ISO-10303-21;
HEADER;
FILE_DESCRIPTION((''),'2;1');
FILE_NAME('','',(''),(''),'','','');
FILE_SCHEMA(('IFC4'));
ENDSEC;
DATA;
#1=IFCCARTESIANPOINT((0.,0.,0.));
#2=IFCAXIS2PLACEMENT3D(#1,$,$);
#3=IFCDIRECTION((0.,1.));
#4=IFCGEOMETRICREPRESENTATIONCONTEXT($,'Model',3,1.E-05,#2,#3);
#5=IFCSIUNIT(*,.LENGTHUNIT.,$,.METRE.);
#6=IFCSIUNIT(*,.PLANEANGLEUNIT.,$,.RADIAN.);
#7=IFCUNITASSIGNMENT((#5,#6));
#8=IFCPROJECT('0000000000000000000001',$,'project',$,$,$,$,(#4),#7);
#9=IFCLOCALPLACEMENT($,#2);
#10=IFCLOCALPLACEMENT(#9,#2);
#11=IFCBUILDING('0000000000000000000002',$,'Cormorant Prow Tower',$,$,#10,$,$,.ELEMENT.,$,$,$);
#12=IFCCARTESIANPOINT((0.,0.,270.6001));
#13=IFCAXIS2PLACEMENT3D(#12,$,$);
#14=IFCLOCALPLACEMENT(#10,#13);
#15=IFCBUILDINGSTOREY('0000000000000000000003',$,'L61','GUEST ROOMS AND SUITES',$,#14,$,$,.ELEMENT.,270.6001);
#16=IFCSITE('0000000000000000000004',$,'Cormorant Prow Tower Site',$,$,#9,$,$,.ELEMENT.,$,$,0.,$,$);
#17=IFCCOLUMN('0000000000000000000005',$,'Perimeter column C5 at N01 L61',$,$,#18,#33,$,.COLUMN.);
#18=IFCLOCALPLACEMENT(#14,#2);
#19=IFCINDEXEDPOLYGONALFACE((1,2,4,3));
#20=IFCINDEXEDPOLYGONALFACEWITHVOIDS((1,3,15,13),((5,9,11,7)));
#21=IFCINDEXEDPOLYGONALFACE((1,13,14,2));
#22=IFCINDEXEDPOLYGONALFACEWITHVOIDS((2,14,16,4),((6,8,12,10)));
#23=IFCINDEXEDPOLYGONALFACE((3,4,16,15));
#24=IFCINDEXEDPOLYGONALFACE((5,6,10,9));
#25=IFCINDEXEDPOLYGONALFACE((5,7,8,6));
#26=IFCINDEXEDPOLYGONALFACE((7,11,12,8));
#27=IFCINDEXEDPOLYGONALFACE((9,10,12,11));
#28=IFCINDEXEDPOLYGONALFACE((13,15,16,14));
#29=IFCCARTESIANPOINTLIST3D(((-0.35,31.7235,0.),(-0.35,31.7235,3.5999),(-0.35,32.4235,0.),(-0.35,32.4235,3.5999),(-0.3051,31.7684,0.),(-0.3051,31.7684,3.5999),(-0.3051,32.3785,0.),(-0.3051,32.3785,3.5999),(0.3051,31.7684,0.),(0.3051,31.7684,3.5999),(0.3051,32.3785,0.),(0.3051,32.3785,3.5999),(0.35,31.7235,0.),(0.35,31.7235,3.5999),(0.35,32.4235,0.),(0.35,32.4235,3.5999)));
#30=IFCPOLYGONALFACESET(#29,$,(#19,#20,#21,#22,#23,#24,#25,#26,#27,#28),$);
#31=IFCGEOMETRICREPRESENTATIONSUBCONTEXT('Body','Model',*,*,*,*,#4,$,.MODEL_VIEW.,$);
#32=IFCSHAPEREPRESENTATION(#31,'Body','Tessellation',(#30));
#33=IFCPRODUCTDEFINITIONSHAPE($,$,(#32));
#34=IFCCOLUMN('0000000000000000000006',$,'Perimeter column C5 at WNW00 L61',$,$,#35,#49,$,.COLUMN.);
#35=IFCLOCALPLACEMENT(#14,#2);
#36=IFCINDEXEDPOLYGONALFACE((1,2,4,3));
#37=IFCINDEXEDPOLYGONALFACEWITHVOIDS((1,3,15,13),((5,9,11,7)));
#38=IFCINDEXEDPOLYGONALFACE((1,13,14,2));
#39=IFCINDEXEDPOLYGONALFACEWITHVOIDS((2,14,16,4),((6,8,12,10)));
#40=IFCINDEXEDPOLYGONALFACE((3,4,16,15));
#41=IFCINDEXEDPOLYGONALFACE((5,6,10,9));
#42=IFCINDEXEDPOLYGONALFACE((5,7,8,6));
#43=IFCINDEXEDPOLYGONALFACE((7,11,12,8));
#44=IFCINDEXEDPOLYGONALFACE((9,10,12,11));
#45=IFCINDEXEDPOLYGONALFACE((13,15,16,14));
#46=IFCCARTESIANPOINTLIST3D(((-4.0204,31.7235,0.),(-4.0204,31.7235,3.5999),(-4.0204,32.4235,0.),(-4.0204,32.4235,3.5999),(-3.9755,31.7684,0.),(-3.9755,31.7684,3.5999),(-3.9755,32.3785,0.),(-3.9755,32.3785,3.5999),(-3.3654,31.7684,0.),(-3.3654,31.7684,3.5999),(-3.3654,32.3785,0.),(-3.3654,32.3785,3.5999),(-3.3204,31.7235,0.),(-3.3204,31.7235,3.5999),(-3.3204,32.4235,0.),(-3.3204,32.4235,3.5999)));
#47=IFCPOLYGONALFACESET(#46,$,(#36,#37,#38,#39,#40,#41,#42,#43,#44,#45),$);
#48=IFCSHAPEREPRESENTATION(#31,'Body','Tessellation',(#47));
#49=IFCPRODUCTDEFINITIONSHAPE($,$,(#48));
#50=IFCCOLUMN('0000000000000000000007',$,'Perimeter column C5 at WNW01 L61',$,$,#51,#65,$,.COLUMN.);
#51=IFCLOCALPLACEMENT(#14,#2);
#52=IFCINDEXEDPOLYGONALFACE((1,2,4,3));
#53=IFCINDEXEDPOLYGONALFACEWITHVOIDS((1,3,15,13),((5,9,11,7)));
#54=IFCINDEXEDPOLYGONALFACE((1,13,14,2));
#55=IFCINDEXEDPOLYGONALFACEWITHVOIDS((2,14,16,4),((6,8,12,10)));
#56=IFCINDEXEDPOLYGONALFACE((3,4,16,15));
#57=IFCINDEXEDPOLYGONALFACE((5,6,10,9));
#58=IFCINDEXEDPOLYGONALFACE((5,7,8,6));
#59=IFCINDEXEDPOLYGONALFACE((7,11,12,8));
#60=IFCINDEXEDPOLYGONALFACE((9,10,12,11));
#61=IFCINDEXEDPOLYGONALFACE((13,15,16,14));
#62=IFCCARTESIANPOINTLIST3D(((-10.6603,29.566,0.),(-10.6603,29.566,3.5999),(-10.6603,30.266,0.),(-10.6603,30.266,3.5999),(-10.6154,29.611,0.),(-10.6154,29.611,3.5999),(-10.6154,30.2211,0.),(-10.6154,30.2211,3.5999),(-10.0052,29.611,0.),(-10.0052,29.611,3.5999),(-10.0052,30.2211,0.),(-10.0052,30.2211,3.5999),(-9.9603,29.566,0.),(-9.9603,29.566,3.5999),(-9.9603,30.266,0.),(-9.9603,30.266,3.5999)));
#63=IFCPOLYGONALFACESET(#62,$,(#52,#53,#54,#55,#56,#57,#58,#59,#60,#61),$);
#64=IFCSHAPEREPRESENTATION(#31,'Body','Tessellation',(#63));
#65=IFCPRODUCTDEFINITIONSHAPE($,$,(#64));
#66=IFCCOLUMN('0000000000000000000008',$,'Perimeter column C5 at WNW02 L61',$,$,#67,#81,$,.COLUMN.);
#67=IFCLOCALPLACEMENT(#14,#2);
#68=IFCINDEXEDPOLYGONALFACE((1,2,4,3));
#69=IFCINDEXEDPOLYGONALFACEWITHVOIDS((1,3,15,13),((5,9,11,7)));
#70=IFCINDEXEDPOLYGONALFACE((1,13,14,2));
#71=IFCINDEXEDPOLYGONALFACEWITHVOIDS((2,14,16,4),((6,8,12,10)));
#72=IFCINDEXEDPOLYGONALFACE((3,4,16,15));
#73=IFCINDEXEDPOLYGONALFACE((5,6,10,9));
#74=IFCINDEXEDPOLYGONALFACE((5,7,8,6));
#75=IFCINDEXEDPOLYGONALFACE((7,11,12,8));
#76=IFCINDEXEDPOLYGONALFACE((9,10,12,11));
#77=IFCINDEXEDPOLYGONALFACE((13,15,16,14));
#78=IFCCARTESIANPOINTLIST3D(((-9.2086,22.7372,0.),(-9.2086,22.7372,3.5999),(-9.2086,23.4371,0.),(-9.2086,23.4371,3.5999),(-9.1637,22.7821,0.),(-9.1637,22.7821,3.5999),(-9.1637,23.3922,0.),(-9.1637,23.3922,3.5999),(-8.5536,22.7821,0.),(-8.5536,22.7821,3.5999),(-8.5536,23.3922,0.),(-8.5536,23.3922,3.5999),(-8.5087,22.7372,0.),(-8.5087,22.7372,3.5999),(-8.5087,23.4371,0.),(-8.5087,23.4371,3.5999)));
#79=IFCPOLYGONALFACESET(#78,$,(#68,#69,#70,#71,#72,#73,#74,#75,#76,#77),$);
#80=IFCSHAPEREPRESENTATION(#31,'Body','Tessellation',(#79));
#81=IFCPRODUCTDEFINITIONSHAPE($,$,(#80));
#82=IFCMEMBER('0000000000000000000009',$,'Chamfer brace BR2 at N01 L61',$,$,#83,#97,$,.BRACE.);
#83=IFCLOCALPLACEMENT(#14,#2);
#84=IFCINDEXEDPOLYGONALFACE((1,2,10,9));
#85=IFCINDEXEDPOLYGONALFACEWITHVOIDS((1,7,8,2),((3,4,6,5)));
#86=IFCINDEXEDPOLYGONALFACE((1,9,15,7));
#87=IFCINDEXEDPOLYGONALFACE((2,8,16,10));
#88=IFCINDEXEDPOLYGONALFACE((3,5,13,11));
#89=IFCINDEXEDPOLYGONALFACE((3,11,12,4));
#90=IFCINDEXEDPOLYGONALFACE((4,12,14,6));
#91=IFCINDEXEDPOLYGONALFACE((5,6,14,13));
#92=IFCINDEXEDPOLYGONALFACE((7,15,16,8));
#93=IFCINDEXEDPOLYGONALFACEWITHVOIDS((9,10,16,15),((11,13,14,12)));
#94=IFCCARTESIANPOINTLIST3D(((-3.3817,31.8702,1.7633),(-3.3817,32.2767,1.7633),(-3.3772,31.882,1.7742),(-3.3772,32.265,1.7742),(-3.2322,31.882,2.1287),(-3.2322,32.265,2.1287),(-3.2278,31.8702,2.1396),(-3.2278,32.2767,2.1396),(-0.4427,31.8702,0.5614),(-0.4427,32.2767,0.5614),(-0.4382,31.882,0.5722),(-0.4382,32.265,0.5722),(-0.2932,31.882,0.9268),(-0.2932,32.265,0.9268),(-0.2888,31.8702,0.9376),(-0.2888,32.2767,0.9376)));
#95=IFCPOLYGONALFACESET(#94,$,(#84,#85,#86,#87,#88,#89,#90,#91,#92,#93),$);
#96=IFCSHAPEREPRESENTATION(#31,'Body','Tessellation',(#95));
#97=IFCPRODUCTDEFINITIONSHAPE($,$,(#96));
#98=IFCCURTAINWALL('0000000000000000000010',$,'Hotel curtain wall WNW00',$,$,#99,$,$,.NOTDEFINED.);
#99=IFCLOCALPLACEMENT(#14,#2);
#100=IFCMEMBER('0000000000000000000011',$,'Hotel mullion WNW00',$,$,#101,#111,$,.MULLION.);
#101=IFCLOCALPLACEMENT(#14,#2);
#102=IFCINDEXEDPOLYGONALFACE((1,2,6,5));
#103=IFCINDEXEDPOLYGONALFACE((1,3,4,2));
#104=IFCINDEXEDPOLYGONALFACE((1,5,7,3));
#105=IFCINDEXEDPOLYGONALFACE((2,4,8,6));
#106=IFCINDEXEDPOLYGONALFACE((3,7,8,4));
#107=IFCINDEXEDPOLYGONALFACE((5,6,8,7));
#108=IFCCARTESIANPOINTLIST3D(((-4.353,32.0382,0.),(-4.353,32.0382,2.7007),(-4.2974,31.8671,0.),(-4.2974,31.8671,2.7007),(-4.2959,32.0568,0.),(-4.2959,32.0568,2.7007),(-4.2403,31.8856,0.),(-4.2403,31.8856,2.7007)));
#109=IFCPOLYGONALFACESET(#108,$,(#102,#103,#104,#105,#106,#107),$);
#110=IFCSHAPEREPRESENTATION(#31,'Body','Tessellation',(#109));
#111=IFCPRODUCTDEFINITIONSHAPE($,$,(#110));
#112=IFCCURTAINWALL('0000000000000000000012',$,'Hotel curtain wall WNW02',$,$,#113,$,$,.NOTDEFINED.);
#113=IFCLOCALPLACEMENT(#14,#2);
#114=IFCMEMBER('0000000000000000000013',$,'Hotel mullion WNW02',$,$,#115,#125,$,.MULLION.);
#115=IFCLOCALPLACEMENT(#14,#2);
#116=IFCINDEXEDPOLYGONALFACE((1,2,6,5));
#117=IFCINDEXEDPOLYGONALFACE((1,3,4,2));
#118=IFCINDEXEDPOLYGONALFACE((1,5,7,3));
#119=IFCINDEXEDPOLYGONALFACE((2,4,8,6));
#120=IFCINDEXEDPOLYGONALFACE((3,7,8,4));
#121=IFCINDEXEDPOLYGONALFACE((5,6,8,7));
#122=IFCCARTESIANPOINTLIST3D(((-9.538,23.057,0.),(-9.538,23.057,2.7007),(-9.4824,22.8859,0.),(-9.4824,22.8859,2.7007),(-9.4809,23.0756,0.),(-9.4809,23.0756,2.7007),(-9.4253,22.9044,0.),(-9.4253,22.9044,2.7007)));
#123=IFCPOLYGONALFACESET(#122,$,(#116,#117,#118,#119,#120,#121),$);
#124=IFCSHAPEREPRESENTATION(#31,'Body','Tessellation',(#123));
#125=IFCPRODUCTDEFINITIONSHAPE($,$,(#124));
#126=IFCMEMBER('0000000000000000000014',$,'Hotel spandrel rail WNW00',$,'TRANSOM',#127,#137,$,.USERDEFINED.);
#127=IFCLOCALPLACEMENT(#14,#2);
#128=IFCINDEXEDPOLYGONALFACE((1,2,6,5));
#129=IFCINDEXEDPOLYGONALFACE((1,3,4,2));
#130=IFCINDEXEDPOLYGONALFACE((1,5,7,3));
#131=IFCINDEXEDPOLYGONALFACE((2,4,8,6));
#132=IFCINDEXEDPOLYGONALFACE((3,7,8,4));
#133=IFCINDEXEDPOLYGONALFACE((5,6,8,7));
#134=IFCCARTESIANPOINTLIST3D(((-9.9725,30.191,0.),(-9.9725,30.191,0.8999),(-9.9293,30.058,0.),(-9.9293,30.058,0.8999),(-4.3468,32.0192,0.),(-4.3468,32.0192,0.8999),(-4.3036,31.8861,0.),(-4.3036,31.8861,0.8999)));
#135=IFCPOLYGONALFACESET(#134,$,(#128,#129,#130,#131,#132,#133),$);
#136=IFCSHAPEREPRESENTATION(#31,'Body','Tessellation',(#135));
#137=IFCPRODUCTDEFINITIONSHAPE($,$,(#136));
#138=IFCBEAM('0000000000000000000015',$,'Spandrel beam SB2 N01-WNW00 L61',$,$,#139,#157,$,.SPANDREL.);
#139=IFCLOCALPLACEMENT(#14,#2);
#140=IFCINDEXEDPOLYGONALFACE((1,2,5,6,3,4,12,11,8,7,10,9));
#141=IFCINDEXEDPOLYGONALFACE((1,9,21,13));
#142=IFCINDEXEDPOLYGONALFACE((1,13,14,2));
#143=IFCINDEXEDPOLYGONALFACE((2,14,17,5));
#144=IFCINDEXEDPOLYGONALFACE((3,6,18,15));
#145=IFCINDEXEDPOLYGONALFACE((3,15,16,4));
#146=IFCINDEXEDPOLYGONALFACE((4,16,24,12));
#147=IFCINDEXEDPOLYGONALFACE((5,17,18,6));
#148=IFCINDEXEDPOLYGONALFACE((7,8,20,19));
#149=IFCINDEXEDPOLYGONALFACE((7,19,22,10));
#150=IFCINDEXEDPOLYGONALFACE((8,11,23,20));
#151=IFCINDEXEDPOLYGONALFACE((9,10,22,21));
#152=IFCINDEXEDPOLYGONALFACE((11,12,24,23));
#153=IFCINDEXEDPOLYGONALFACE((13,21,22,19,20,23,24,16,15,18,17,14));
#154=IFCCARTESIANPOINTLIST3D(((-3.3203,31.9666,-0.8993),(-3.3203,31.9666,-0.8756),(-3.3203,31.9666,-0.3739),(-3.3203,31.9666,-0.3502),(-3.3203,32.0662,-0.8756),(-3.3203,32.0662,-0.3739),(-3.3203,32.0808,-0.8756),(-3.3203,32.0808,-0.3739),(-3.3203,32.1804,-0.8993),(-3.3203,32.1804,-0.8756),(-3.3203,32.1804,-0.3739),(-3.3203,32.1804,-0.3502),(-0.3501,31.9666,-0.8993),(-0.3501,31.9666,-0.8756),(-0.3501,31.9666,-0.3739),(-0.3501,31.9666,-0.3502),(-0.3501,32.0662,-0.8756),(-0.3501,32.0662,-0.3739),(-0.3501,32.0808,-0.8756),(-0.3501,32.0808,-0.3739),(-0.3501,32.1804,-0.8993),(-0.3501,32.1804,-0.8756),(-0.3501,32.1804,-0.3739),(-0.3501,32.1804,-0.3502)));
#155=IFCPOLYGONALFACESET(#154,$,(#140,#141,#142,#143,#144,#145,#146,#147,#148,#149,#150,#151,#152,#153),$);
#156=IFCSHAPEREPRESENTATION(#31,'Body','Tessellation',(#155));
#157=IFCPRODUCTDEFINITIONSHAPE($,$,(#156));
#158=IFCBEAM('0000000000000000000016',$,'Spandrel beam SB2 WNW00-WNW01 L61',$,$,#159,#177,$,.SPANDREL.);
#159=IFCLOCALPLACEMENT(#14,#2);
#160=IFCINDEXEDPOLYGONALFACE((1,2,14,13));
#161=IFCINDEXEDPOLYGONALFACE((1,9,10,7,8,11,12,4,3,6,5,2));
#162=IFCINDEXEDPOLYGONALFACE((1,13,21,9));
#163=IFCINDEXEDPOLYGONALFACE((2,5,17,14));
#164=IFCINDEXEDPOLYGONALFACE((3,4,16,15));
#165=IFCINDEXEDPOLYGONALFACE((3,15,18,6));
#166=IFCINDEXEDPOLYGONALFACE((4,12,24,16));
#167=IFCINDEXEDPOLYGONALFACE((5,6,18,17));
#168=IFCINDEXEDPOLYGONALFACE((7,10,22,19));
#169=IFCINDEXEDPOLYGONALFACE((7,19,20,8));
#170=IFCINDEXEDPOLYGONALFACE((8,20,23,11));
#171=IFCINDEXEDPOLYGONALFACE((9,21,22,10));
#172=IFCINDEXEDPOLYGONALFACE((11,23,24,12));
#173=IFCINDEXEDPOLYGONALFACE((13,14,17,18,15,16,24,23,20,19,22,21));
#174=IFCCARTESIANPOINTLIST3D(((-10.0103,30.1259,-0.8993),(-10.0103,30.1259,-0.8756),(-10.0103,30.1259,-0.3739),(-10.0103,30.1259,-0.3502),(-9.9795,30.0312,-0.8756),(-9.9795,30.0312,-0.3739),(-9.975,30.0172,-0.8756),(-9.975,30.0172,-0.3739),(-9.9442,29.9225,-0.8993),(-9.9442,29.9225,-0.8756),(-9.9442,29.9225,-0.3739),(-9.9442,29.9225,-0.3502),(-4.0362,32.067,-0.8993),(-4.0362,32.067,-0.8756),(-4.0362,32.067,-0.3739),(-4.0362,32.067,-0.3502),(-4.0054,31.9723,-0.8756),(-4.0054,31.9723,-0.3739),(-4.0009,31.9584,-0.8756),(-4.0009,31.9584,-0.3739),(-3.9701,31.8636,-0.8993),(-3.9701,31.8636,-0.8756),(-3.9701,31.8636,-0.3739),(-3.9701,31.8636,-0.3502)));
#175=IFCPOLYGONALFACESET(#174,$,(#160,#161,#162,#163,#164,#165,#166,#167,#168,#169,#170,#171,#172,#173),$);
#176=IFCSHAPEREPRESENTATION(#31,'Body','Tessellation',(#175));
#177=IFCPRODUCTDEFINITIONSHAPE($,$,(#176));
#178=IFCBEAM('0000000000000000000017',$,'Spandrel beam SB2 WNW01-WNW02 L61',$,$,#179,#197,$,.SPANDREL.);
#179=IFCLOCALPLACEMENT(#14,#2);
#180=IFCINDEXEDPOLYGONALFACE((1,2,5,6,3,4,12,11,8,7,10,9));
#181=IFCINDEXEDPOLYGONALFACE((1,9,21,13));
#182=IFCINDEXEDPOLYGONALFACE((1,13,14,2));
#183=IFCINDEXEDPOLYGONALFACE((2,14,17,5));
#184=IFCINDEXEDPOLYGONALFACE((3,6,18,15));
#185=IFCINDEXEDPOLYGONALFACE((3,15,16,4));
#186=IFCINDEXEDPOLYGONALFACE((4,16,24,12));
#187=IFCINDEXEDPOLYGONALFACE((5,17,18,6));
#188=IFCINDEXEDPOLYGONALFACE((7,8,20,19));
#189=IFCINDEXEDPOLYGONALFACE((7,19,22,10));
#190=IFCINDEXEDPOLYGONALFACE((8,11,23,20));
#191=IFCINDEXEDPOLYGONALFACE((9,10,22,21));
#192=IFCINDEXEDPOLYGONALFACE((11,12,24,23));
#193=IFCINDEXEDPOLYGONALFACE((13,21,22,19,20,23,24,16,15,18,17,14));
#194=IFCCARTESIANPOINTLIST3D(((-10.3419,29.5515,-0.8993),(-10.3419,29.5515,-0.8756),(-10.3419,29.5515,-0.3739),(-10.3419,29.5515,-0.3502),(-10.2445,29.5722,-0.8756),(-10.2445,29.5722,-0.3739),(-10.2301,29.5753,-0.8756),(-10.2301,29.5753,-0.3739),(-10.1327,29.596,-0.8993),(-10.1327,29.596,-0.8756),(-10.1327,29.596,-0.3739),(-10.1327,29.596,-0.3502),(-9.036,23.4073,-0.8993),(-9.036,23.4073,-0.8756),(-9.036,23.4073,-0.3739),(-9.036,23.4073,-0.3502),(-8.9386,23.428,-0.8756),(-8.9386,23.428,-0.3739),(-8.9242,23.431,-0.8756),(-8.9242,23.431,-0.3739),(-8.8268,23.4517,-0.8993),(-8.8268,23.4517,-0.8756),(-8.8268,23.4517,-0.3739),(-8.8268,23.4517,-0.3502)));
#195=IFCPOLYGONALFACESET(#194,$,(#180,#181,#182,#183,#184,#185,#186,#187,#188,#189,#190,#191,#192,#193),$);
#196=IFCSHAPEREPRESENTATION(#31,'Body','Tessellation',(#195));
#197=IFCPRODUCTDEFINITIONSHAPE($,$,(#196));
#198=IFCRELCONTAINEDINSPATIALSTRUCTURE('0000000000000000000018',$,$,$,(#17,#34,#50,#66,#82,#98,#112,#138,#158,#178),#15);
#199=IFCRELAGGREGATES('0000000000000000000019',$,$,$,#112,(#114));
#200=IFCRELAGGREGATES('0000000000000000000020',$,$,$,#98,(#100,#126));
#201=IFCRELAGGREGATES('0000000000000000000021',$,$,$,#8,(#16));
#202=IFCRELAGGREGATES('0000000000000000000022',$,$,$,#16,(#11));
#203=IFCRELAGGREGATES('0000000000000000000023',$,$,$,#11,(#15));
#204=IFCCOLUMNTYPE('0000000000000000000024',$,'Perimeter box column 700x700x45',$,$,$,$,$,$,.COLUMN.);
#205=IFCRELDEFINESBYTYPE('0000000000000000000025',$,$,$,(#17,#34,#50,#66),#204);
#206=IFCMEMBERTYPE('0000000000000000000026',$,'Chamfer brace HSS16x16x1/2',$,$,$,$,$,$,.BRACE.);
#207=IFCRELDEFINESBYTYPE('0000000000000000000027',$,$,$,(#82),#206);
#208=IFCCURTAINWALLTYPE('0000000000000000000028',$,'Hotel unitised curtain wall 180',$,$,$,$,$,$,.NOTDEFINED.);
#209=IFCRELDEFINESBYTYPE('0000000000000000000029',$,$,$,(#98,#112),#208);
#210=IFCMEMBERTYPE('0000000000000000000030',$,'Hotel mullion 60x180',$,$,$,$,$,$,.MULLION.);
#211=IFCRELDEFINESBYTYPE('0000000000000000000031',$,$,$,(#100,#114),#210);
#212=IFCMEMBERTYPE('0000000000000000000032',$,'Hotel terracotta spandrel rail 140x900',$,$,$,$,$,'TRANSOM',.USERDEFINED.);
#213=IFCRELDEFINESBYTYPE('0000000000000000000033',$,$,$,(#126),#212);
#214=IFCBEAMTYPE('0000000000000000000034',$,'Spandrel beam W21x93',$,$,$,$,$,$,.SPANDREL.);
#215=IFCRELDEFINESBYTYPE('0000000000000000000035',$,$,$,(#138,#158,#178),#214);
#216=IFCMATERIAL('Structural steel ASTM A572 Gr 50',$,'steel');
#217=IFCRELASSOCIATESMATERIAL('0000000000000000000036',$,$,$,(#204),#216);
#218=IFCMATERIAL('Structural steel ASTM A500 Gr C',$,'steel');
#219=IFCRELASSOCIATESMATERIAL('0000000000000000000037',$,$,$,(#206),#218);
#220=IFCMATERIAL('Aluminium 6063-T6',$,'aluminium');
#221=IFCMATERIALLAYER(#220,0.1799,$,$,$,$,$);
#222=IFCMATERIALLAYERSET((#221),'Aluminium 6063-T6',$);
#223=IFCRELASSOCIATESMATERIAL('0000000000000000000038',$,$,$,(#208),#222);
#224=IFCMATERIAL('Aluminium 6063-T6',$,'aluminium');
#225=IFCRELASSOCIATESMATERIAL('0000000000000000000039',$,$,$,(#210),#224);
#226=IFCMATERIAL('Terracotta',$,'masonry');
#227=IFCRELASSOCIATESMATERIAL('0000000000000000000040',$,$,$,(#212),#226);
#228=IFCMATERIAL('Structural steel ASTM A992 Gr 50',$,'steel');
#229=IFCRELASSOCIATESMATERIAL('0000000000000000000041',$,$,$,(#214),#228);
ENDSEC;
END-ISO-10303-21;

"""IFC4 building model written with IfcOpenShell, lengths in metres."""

from ifc_helpers import new_model, si_unit, direction, frame, origin, origin_2d, place, context, subcontext, project, spatial, rectangle, hollow_rectangle, i_section, extrude, material, layer, layer_set, material_profile, profile_set, type_object, element, aggregate, save


model = new_model("IFC4")

# Units and contexts
model_context = context("Model", 3, precision=1e-05, world=origin(), true_north=direction((0.0, 1.0)))
body_context = subcontext(model_context, "Body", "Model", "MODEL_VIEW")
ifc_project = project(units=[si_unit("LENGTHUNIT", "METRE"), si_unit("PLANEANGLEUNIT", "RADIAN")], contexts=[model_context])

# Site, building, storey
site_placement = place(None, origin())
site = spatial("IfcSite", under=ifc_project, at=site_placement, Name="Cormorant Prow Tower Site", CompositionType="ELEMENT", RefElevation=0.0)
building_placement = place(site_placement, origin())
building = spatial("IfcBuilding", under=site, at=building_placement, Name="Cormorant Prow Tower", CompositionType="ELEMENT")
storey_placement = place(building_placement, frame((0.0, 0.0, 270.6001)))
storey = spatial("IfcBuildingStorey", under=building, at=storey_placement, Name="L61", Description="GUEST ROOMS AND SUITES", CompositionType="ELEMENT", Elevation=270.6001)

# Columns
ifc_material_1 = material(Name="Structural steel ASTM A572 Gr 50", Category="steel")
ifc_material_profile_1 = material_profile(ifc_material_1, hollow_rectangle(XDim=0.7, YDim=0.7, WallThickness=0.0449, at=origin_2d()), Name="Box 700x700x45")
ifc_profile_set_1 = profile_set([ifc_material_profile_1], Name="Structural steel ASTM A572 Gr 50")
column_type = type_object("IfcColumnType", Name="Perimeter box column 700x700x45", PredefinedType="COLUMN", material=ifc_profile_set_1)
for number, where, z_axis, x_axis, name in (
    (1, (0.0, 32.0735, 0.0), (0.0, 0.0, 1.0), (1.0, 0.0, 0.0), "Perimeter column C5 at N01 L61"),
    (2, (-3.6704, 32.0735, 0.0), (0.0, 0.0, 1.0), (1.0, 0.0, 0.0), "Perimeter column C5 at WNW00 L61"),
    (3, (-10.3103, 29.916, 0.0), (0.0, 0.0, 1.0), (1.0, 0.0, 0.0), "Perimeter column C5 at WNW01 L61"),
    (4, (-8.8586, 23.0872, 0.0), (0.0, 0.0, 1.0), (1.0, 0.0, 0.0), "Perimeter column C5 at WNW02 L61"),
):
    element("IfcColumn", number, at=place(storey_placement, frame(where, z_axis=z_axis, x_axis=x_axis)), inside=storey, type_object=column_type, Name=name, PredefinedType="COLUMN", context=body_context, shape_type="SweptSolid", body=[
        extrude(hollow_rectangle(XDim=0.7, YDim=0.7, WallThickness=0.0449, at=origin_2d()), origin(), (0.0, 0.0, 1.0), 3.5999),
    ])

# Member
ifc_material_2 = material(Name="Structural steel ASTM A500 Gr C", Category="steel")
ifc_material_profile_2 = material_profile(ifc_material_2, hollow_rectangle(XDim=0.4065, YDim=0.4065, WallThickness=0.0117, at=origin_2d()), Name="HSS16x16x1/2")
ifc_profile_set_2 = profile_set([ifc_material_profile_2], Name="Structural steel ASTM A500 Gr C")
member_type_1 = type_object("IfcMemberType", Name="Chamfer brace HSS16x16x1/2", PredefinedType="BRACE", material=ifc_profile_set_2)
member_1_placement = place(storey_placement, frame((-0.3657, 32.0735, 0.7495), z_axis=(-0.925591, 0.0, 0.378525), x_axis=(0.0, -1.0, 0.0)))
element("IfcMember", 5, at=member_1_placement, inside=storey, type_object=member_type_1, Name="Chamfer brace BR2 at N01 L61", PredefinedType="BRACE", context=body_context, shape_type="SweptSolid", body=[
    extrude(hollow_rectangle(XDim=0.4065, YDim=0.4065, WallThickness=0.0117, at=origin_2d()), origin(), (0.0, 0.0, 1.0), 3.1753),
])

# Curtain walls, members
ifc_material_3 = material(Name="Aluminium 6063-T6", Category="aluminium")
ifc_layer_1 = layer(ifc_material_3, 0.1799)
ifc_layer_set_1 = layer_set([ifc_layer_1], Name="Aluminium 6063-T6")
curtain_wall_type = type_object("IfcCurtainWallType", Name="Hotel unitised curtain wall 180", PredefinedType="NOTDEFINED", material=ifc_layer_set_1)
curtain_wall_1_placement = place(storey_placement, origin())
curtain_wall_1 = element("IfcCurtainWall", 6, at=curtain_wall_1_placement, inside=storey, type_object=curtain_wall_type, Name="Hotel curtain wall WNW00", PredefinedType="NOTDEFINED")
ifc_material_4 = material(Name="Aluminium 6063-T6", Category="aluminium")
ifc_material_profile_3 = material_profile(ifc_material_4, rectangle(XDim=0.1799, YDim=0.0601, at=origin_2d()), Name="Hotel mullion 60x180")
ifc_profile_set_3 = profile_set([ifc_material_profile_3], Name="Aluminium 6063-T6")
member_type_2 = type_object("IfcMemberType", Name="Hotel mullion 60x180", PredefinedType="MULLION", material=ifc_profile_set_3)
member_2_placement = place(storey_placement, frame((-4.2966, 31.9619, 0.0), z_axis=(0.0, 0.0, 1.0), x_axis=(0.309017, -0.951057, 0.0)))
member_2 = element("IfcMember", 7, at=member_2_placement, type_object=member_type_2, Name="Hotel mullion WNW00", PredefinedType="MULLION", context=body_context, shape_type="SweptSolid", body=[
    extrude(rectangle(XDim=0.1799, YDim=0.0601, at=origin_2d()), origin(), (0.0, 0.0, 1.0), 2.7007),
])
curtain_wall_2_placement = place(storey_placement, origin())
curtain_wall_2 = element("IfcCurtainWall", 8, at=curtain_wall_2_placement, inside=storey, type_object=curtain_wall_type, Name="Hotel curtain wall WNW02", PredefinedType="NOTDEFINED")
member_3_placement = place(storey_placement, frame((-9.4817, 22.9807, 0.0), z_axis=(0.0, 0.0, 1.0), x_axis=(0.309017, -0.951057, 0.0)))
member_3 = element("IfcMember", 9, at=member_3_placement, type_object=member_type_2, Name="Hotel mullion WNW02", PredefinedType="MULLION", context=body_context, shape_type="SweptSolid", body=[
    extrude(rectangle(XDim=0.1799, YDim=0.0601, at=origin_2d()), origin(), (0.0, 0.0, 1.0), 2.7007),
])
aggregate(curtain_wall_2, [member_3])

# Member
ifc_material_5 = material(Name="Terracotta", Category="masonry")
ifc_material_profile_4 = material_profile(ifc_material_5, rectangle(XDim=0.1399, YDim=0.8999, at=origin_2d()), Name="Hotel terracotta spandrel rail 140x900")
ifc_profile_set_4 = profile_set([ifc_material_profile_4], Name="Terracotta")
member_type_3 = type_object("IfcMemberType", Name="Hotel terracotta spandrel rail 140x900", ElementType="TRANSOM", PredefinedType="USERDEFINED", material=ifc_profile_set_4)
member_4_placement = place(storey_placement, frame((-4.3252, 31.9526, 0.45), z_axis=(-0.951046, -0.30905, 0.0), x_axis=(0.30905, -0.951046, 0.0)))
member_4 = element("IfcMember", 10, at=member_4_placement, type_object=member_type_3, Name="Hotel spandrel rail WNW00", ObjectType="TRANSOM", PredefinedType="USERDEFINED", context=body_context, shape_type="SweptSolid", body=[
    extrude(rectangle(XDim=0.1399, YDim=0.8999, at=origin_2d()), origin(), (0.0, 0.0, 1.0), 5.9153),
])

# Beams
ifc_material_6 = material(Name="Structural steel ASTM A992 Gr 50", Category="steel")
ifc_material_profile_5 = material_profile(ifc_material_6, i_section(OverallWidth=0.2139, OverallDepth=0.5491, WebThickness=0.0146, FlangeThickness=0.0237, at=origin_2d()), Name="W21x93")
ifc_profile_set_5 = profile_set([ifc_material_profile_5], Name="Structural steel ASTM A992 Gr 50")
beam_type = type_object("IfcBeamType", Name="Spandrel beam W21x93", PredefinedType="SPANDREL", material=ifc_profile_set_5)
beam_1_placement = place(storey_placement, frame((-0.3501, 32.0735, -0.6248), z_axis=(-1.0, 0.0, 0.0), x_axis=(0.0, -1.0, 0.0)))
element("IfcBeam", 11, at=beam_1_placement, inside=storey, type_object=beam_type, Name="Spandrel beam SB2 N01-WNW00 L61", PredefinedType="SPANDREL", context=body_context, shape_type="SweptSolid", body=[
    extrude(i_section(OverallWidth=0.2139, OverallDepth=0.5491, WebThickness=0.0146, FlangeThickness=0.0237, at=origin_2d()), origin(), (0.0, 0.0, 1.0), 2.9702),
])
for number, where, z_axis, x_axis, name in (
    (12, (-4.0032, 31.9653, -0.6248), (-0.951054, -0.309025, 0.0), (0.309025, -0.951054, 0.0), "Spandrel beam SB2 WNW00-WNW01 L61"),
    (13, (-10.2373, 29.5737, -0.6248), (0.207896, -0.978151, 0.0), (0.978151, 0.207896, 0.0), "Spandrel beam SB2 WNW01-WNW02 L61"),
):
    element("IfcBeam", number, at=place(storey_placement, frame(where, z_axis=z_axis, x_axis=x_axis)), inside=storey, type_object=beam_type, Name=name, PredefinedType="SPANDREL", context=body_context, shape_type="SweptSolid", body=[
        extrude(i_section(OverallWidth=0.2139, OverallDepth=0.5491, WebThickness=0.0146, FlangeThickness=0.0237, at=origin_2d()), origin(), (0.0, 0.0, 1.0), 6.2815),
    ])

aggregate(curtain_wall_1, [member_2, member_4])

save(model, "model.ifc")
